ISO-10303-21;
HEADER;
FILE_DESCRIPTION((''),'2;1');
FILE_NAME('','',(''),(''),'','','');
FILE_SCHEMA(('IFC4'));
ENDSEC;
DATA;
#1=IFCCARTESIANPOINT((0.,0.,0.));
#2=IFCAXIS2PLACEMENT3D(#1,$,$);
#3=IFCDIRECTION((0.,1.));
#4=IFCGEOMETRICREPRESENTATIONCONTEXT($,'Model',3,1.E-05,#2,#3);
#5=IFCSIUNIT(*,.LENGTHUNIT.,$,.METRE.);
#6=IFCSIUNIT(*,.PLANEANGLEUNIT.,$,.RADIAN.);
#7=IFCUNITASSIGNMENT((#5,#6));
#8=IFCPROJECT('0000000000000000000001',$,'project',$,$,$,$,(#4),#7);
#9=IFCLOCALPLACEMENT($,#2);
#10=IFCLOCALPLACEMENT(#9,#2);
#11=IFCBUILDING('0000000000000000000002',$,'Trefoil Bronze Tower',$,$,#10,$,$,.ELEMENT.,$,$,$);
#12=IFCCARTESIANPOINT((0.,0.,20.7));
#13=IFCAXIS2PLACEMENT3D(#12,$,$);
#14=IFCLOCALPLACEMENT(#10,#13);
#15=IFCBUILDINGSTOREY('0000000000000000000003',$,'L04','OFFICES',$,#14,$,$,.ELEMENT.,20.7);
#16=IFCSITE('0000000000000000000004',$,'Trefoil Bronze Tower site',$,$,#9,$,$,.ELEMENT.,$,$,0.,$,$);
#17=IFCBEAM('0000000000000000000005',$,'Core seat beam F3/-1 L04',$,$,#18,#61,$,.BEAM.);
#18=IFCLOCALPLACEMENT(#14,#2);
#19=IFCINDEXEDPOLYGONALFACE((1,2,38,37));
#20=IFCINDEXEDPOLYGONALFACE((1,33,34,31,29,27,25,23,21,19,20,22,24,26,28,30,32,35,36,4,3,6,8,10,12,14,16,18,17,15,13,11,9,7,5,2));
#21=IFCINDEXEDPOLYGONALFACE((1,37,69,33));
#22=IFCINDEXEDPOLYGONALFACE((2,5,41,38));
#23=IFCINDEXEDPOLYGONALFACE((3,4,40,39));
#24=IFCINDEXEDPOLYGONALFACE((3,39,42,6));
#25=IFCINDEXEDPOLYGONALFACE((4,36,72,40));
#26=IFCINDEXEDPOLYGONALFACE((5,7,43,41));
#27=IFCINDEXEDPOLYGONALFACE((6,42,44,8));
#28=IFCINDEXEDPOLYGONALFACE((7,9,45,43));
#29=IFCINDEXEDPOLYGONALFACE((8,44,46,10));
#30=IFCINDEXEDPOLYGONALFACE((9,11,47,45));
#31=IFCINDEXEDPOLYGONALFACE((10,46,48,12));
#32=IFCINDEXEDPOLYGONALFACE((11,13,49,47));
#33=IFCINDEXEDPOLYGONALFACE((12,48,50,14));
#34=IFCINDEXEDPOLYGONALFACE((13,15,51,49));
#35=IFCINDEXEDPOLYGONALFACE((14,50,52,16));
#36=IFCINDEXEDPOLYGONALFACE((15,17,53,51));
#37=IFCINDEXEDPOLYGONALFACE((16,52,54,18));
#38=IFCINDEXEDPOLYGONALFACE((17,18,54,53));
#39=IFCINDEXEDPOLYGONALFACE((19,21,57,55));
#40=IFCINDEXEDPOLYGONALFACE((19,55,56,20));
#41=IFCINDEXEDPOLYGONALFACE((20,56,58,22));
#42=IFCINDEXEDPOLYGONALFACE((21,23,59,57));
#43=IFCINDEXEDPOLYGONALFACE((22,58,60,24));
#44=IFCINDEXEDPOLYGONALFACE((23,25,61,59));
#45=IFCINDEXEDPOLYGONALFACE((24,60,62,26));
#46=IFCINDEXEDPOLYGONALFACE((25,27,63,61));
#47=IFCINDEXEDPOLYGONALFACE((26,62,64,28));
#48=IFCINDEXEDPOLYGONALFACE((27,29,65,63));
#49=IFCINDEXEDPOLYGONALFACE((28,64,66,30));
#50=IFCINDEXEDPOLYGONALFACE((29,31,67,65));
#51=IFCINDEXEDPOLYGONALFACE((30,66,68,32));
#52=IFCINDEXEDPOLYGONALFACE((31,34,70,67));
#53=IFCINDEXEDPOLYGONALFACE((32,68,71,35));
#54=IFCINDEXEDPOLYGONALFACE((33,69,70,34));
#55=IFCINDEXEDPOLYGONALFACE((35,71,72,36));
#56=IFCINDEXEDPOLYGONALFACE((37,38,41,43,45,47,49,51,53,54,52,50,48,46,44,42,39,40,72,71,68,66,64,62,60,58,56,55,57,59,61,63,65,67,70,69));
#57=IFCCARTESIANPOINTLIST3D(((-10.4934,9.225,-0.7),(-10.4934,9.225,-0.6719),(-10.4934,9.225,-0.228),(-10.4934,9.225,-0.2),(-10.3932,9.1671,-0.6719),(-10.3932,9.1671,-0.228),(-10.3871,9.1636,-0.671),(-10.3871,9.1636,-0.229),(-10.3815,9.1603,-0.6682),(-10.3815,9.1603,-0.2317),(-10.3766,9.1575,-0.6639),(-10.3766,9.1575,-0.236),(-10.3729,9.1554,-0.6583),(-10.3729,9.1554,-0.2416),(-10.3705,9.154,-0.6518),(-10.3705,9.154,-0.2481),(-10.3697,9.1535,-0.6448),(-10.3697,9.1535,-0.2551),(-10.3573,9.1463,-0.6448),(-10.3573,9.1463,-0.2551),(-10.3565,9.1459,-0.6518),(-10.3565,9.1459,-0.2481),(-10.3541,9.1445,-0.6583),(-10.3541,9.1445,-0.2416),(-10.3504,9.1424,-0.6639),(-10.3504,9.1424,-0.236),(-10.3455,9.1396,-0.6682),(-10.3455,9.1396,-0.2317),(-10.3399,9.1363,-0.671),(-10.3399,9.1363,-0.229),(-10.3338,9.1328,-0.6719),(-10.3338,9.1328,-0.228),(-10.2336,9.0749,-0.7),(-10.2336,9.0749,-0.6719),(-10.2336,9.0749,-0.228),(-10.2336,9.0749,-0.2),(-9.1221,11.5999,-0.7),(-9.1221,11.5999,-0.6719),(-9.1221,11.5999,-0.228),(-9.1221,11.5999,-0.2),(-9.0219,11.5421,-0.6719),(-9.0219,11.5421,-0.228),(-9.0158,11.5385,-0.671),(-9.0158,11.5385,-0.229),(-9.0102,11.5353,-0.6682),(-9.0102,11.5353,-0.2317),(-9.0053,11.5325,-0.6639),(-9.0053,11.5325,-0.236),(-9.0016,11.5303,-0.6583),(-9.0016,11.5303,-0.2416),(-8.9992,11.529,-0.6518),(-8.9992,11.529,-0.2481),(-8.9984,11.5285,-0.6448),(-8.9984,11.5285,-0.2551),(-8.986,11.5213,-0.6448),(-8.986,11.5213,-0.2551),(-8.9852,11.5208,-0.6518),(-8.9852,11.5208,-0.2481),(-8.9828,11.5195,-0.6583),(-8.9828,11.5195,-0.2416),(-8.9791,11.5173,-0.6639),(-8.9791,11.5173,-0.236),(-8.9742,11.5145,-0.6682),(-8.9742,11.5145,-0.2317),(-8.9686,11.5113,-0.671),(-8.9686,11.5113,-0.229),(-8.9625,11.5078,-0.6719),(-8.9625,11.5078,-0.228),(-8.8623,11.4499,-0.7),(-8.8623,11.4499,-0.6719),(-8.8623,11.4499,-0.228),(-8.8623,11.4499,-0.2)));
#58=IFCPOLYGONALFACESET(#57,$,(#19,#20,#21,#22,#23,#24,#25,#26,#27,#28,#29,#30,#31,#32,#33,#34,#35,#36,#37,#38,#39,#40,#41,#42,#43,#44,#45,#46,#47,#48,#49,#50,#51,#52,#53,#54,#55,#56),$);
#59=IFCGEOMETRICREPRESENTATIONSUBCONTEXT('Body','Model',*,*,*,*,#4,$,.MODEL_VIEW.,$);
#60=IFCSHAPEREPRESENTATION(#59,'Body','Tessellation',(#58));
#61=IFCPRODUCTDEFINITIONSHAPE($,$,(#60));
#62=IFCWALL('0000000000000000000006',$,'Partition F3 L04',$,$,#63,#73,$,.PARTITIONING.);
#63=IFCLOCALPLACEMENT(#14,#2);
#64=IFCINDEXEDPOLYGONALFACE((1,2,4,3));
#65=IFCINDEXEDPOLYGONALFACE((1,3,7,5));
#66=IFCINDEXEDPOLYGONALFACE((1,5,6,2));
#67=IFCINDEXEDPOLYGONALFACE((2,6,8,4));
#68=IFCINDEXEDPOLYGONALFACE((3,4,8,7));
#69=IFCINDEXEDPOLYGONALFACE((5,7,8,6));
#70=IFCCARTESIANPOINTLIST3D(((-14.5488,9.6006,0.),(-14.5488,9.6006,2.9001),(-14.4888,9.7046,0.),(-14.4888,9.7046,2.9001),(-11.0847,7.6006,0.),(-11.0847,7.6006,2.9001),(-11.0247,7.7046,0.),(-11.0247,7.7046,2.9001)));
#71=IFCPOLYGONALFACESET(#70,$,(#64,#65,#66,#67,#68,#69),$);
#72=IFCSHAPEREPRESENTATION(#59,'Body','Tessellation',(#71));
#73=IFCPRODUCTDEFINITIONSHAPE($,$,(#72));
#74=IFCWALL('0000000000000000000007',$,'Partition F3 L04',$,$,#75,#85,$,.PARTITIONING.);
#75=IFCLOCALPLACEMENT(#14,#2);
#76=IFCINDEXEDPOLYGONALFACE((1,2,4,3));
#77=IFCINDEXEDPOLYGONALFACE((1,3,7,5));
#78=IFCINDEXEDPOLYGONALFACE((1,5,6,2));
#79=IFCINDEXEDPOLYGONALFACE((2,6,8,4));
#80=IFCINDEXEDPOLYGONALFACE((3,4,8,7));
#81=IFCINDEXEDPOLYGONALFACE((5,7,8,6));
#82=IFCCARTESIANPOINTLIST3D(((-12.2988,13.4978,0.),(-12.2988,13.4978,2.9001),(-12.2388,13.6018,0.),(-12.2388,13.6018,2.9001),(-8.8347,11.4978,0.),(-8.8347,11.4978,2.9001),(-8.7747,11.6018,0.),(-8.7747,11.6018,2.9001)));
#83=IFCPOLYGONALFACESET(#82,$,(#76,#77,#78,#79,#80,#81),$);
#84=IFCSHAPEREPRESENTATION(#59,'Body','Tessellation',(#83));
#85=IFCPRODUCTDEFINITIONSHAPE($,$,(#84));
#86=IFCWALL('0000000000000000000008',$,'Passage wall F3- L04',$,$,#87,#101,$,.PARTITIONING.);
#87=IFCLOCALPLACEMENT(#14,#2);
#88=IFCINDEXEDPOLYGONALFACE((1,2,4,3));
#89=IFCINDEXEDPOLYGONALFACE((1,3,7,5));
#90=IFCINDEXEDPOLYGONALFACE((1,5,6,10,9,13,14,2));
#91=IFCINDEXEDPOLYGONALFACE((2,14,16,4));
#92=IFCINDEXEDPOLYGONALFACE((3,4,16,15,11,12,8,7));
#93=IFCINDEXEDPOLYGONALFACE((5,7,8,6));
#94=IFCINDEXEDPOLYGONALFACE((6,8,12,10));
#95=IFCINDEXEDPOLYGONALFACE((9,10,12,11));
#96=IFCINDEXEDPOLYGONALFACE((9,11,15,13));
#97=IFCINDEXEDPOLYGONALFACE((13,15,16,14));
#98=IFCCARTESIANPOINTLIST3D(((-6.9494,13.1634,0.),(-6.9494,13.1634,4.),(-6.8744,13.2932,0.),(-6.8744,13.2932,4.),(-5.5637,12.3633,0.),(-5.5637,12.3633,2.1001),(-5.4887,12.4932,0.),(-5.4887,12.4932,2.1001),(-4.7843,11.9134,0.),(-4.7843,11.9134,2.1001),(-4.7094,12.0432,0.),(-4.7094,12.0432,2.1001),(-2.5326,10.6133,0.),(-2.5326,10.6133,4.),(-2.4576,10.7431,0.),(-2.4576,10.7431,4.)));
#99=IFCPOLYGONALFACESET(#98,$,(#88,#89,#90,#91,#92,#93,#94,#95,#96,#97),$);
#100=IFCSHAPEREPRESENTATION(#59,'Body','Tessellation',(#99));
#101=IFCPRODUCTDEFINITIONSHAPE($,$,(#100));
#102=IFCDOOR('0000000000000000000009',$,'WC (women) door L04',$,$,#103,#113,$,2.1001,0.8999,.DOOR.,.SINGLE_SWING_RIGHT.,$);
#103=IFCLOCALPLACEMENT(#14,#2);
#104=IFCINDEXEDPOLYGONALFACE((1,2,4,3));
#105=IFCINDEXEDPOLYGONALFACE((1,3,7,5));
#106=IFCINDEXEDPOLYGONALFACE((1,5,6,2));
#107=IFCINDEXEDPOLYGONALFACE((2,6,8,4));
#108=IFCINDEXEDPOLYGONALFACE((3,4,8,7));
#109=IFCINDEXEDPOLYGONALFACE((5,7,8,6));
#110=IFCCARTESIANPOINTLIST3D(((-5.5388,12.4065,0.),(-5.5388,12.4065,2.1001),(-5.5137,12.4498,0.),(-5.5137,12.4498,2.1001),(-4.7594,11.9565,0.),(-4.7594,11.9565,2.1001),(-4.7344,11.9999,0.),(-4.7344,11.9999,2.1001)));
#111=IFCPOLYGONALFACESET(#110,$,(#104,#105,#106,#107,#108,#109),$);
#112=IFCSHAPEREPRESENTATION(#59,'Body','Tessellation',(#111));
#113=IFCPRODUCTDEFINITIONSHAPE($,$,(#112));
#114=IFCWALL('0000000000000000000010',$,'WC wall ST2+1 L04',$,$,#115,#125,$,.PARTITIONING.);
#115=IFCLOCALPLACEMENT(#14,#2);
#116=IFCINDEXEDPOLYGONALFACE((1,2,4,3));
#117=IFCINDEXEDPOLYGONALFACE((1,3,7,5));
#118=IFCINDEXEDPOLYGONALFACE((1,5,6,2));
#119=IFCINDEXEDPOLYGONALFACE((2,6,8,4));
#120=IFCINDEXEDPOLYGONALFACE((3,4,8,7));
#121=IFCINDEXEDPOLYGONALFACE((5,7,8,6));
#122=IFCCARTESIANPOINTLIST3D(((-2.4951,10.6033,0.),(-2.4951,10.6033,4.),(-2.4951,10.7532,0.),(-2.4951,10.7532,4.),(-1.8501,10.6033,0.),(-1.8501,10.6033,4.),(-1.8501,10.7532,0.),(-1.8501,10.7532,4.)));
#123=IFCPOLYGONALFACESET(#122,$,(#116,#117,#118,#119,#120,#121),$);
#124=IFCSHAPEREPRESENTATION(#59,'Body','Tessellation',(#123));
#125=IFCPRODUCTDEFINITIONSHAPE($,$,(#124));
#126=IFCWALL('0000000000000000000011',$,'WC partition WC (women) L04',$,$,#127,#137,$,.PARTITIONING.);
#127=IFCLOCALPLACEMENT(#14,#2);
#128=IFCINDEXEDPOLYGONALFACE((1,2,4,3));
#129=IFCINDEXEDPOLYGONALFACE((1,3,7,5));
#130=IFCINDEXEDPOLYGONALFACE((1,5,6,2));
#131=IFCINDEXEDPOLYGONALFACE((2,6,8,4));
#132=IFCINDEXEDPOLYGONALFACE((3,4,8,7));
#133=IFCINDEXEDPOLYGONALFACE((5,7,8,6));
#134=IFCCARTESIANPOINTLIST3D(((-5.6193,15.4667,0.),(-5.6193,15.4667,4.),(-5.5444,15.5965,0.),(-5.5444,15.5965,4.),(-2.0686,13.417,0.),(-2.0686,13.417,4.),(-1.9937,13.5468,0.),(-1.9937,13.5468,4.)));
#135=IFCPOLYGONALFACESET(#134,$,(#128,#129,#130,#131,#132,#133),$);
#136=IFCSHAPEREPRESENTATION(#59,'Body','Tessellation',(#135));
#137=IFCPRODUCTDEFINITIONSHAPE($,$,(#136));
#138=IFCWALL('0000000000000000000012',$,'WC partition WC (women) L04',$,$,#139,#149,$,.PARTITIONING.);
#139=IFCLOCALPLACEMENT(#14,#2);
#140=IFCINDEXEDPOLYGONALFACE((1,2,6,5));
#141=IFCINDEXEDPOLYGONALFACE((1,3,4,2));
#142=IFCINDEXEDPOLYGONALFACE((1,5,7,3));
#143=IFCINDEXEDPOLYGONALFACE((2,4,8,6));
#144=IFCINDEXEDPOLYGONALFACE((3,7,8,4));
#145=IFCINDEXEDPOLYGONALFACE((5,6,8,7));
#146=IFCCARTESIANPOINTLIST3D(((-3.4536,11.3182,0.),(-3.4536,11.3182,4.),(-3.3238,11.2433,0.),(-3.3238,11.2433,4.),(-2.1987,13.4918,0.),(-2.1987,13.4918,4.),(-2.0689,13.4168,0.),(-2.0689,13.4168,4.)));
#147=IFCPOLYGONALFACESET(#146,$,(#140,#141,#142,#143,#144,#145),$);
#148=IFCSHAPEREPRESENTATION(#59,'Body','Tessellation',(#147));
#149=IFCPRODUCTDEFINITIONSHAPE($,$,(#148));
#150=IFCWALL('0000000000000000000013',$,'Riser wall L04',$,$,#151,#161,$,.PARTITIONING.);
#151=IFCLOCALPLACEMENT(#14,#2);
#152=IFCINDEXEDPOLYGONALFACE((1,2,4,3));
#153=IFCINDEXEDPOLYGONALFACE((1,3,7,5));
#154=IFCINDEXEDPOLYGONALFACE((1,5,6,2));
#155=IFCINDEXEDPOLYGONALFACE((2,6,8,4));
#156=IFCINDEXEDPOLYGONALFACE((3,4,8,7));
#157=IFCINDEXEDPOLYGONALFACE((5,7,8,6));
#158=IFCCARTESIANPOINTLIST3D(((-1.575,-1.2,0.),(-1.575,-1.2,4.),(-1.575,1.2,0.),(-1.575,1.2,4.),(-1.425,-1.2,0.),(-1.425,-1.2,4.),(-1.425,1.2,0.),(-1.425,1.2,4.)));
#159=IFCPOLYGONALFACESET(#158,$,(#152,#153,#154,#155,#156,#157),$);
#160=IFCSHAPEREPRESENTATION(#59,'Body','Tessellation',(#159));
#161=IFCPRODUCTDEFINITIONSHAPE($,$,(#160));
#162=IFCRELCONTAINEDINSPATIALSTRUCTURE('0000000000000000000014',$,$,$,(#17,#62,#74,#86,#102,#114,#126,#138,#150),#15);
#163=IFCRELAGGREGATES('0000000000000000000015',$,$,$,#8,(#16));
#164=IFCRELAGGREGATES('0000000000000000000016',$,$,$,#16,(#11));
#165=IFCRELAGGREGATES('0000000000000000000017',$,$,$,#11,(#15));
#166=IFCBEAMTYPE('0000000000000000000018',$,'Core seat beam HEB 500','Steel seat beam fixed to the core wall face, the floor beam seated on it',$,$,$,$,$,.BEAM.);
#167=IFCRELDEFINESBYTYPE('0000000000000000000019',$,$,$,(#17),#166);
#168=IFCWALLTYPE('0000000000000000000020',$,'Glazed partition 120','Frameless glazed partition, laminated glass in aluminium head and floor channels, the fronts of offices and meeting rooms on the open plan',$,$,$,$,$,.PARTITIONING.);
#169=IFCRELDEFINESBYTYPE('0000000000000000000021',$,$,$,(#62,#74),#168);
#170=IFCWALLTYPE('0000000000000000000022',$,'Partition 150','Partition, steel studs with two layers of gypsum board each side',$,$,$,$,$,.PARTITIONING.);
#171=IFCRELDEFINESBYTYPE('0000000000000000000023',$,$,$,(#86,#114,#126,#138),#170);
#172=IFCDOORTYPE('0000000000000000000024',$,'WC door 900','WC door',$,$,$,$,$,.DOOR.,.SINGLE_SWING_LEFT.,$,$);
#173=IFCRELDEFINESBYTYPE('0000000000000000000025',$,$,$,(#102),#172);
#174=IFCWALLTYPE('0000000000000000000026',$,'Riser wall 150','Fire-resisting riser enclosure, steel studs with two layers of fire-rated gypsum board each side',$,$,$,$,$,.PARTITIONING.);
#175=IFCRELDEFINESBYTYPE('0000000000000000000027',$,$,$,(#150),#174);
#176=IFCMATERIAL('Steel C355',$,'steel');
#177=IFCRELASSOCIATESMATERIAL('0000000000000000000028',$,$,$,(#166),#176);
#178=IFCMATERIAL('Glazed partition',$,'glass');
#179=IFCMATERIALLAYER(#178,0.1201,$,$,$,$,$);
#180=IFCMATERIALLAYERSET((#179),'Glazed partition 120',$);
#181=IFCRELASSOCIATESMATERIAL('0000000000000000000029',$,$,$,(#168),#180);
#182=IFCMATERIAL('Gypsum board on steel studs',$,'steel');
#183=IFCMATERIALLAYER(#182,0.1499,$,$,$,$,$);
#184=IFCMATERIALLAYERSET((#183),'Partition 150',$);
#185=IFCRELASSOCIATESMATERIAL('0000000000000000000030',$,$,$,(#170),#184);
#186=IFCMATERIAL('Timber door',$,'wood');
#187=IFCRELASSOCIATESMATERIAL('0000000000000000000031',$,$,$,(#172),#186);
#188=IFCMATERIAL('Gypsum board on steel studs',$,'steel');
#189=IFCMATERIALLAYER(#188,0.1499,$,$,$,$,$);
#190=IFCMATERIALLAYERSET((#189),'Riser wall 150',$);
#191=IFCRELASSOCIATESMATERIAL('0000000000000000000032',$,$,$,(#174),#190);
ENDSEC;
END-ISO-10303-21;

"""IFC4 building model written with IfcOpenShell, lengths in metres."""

from ifc_helpers import new_model, si_unit, direction, frame, frame_2d, origin, origin_2d, place, context, subcontext, project, spatial, rectangle, i_section, extrude, material, layer, layer_set, material_profile, profile_set, type_object, element, fill, save


model = new_model("IFC4")

# Units and contexts
model_context = context("Model", 3, precision=1e-05, world=origin(), true_north=direction((0.0, 1.0)))
body_context = subcontext(model_context, "Body", "Model", "MODEL_VIEW")
ifc_project = project(units=[si_unit("LENGTHUNIT", "METRE"), si_unit("PLANEANGLEUNIT", "RADIAN")], contexts=[model_context])

# Site, building, storey
site_placement = place(None, origin())
site = spatial("IfcSite", under=ifc_project, at=site_placement, Name="Trefoil Bronze Tower site", CompositionType="ELEMENT", RefElevation=0.0)
building_placement = place(site_placement, origin())
building = spatial("IfcBuilding", under=site, at=building_placement, Name="Trefoil Bronze Tower", CompositionType="ELEMENT")
storey_placement = place(building_placement, frame((0.0, 0.0, 20.7)))
storey = spatial("IfcBuildingStorey", under=building, at=storey_placement, Name="L04", Description="OFFICES", CompositionType="ELEMENT", Elevation=20.7)

# Beam
ifc_material_1 = material(Name="Steel C355", Category="steel")
ifc_material_profile = material_profile(ifc_material_1, i_section(OverallWidth=0.3, OverallDepth=0.5, WebThickness=0.0144, FlangeThickness=0.0281, FilletRadius=0.0271, at=origin_2d()), Name="HEB 500")
ifc_profile_set = profile_set([ifc_material_profile], Name="Steel C355")
beam_type = type_object("IfcBeamType", Name="Core seat beam HEB 500", Description="Steel seat beam fixed to the core wall face, the floor beam seated on it", PredefinedType="BEAM", material=ifc_profile_set)
beam_placement = place(storey_placement, frame((-8.9922, 11.5249, -0.45), z_axis=(-0.500036, -0.866005, 0.0), x_axis=(0.866005, -0.500036, 0.0)))
element("IfcBeam", 1, at=beam_placement, inside=storey, type_object=beam_type, Name="Core seat beam F3/-1 L04", PredefinedType="BEAM", context=body_context, shape_type="SweptSolid", body=[
    extrude(i_section(OverallWidth=0.3, OverallDepth=0.5, WebThickness=0.0144, FlangeThickness=0.0281, FilletRadius=0.0271, at=origin_2d()), origin(), (0.0, 0.0, 1.0), 2.7424),
])

# Walls
ifc_material_2 = material(Name="Glazed partition", Category="glass")
ifc_layer_1 = layer(ifc_material_2, 0.1201)
ifc_layer_set_1 = layer_set([ifc_layer_1], Name="Glazed partition 120")
wall_type_1 = type_object("IfcWallType", Name="Glazed partition 120", Description="Frameless glazed partition, laminated glass in aluminium head and floor channels, the fronts of offices and meeting rooms on the open plan", PredefinedType="PARTITIONING", material=ifc_layer_set_1)
for number, where, z_axis, x_axis, name in (
    (2, (-11.0547, 7.6526, 0.0), (0.0, 0.0, 1.0), (-0.866026, 0.499999, 0.0), "Partition F3 L04"),
    (3, (-8.8047, 11.5498, 0.0), (0.0, 0.0, 1.0), (-0.866026, 0.499999, 0.0), "Partition F3 L04"),
):
    element("IfcWall", number, at=place(storey_placement, frame(where, z_axis=z_axis, x_axis=x_axis)), inside=storey, type_object=wall_type_1, Name=name, PredefinedType="PARTITIONING", context=body_context, shape_type="SweptSolid", body=[
        extrude(rectangle(XDim=4.0, YDim=0.1201, at=frame_2d((2.0, 0.0))), origin(), (0.0, 0.0, 1.0), 2.9001),
    ])

# Wall, opening, door
ifc_material_3 = material(Name="Gypsum board on steel studs", Category="steel")
ifc_layer_2 = layer(ifc_material_3, 0.1499)
ifc_layer_set_2 = layer_set([ifc_layer_2], Name="Partition 150")
wall_type_2 = type_object("IfcWallType", Name="Partition 150", Description="Partition, steel studs with two layers of gypsum board each side", PredefinedType="PARTITIONING", material=ifc_layer_set_2)
wall_1_placement = place(storey_placement, frame((-2.4951, 10.6782, 0.0), z_axis=(0.0, 0.0, 1.0), x_axis=(-0.866022, 0.500006, 0.0)))
wall_1 = element("IfcWall", 4, at=wall_1_placement, inside=storey, type_object=wall_type_2, Name="Passage wall F3- L04", PredefinedType="PARTITIONING", context=body_context, shape_type="SweptSolid", body=[
    extrude(rectangle(XDim=5.1001, YDim=0.1499, at=frame_2d((2.55, 0.0))), origin(), (0.0, 0.0, 1.0), 4.0),
])
opening_1_placement = place(wall_1_placement, frame((2.6001, 0.0, 0.0)))
opening_1 = element("IfcOpeningElement", 5, at=opening_1_placement, cuts=wall_1, PredefinedType="OPENING", context=body_context, shape_type="SweptSolid", body=[
    extrude(rectangle(XDim=0.8999, YDim=2.1001, at=frame_2d((0.45, 1.05))), frame((0.0, 0.085, 0.0), z_axis=(0.0, -1.0, 0.0), x_axis=(1.0, 0.0, 0.0)), (0.0, 0.0, 1.0), 0.1699),
])
ifc_material_4 = material(Name="Timber door", Category="wood")
door_type_1 = type_object("IfcDoorType", Name="WC door 900", Description="WC door", OperationType="SINGLE_SWING_LEFT", PredefinedType="DOOR", material=ifc_material_4)
door_1_placement = place(opening_1_placement, frame((0.8999, 0.0, 0.0), z_axis=(0.0, 0.0, 1.0), x_axis=(-1.0, 0.0, 0.0)))
door_1 = element("IfcDoor", 6, at=door_1_placement, inside=storey, type_object=door_type_1, Name="WC (women) door L04", OperationType="SINGLE_SWING_RIGHT", OverallHeight=2.1001, OverallWidth=0.8999, PredefinedType="DOOR", context=body_context, shape_type="SweptSolid", body=[
    extrude(rectangle(XDim=0.8999, YDim=2.1001, at=frame_2d((0.45, 1.05))), frame((0.0, 0.0249, 0.0), z_axis=(0.0, -1.0, 0.0), x_axis=(1.0, 0.0, 0.0)), (0.0, 0.0, 1.0), 0.05),
])
fill(opening_1, door_1)

# Walls
wall_2_placement = place(storey_placement, frame((-2.4951, 10.6782, 0.0), z_axis=(0.0, 0.0, 1.0), x_axis=(1.0, 0.0, 0.0)))
element("IfcWall", 7, at=wall_2_placement, inside=storey, type_object=wall_type_2, Name="WC wall ST2+1 L04", PredefinedType="PARTITIONING", context=body_context, shape_type="SweptSolid", body=[
    extrude(rectangle(XDim=0.645, YDim=0.1499, at=frame_2d((0.3225, 0.0))), origin(), (0.0, 0.0, 1.0), 4.0),
])
wall_3_placement = place(storey_placement, frame((-2.0312, 13.4819, 0.0), z_axis=(0.0, 0.0, 1.0), x_axis=(-0.866051, 0.499956, 0.0)))
element("IfcWall", 8, at=wall_3_placement, inside=storey, type_object=wall_type_2, Name="WC partition WC (women) L04", PredefinedType="PARTITIONING", context=body_context, shape_type="SweptSolid", body=[
    extrude(rectangle(XDim=4.0999, YDim=0.1499, at=frame_2d((2.0498, 0.0))), origin(), (0.0, 0.0, 1.0), 4.0),
])
wall_4_placement = place(storey_placement, frame((-3.3887, 11.2808, 0.0), z_axis=(0.0, 0.0, 1.0), x_axis=(0.499989, 0.866032, 0.0)))
element("IfcWall", 9, at=wall_4_placement, inside=storey, type_object=wall_type_2, Name="WC partition WC (women) L04", PredefinedType="PARTITIONING", context=body_context, shape_type="SweptSolid", body=[
    extrude(rectangle(XDim=2.5098, YDim=0.1499, at=frame_2d((1.2549, 0.0))), origin(), (0.0, 0.0, 1.0), 4.0),
])
ifc_material_5 = material(Name="Gypsum board on steel studs", Category="steel")
ifc_layer_3 = layer(ifc_material_5, 0.1499)
ifc_layer_set_3 = layer_set([ifc_layer_3], Name="Riser wall 150")
wall_type_3 = type_object("IfcWallType", Name="Riser wall 150", Description="Fire-resisting riser enclosure, steel studs with two layers of fire-rated gypsum board each side", PredefinedType="PARTITIONING", material=ifc_layer_set_3)
wall_5_placement = place(storey_placement, frame((-1.5, 1.2, 0.0), z_axis=(0.0, 0.0, 1.0), x_axis=(0.0, -1.0, 0.0)))
element("IfcWall", 10, at=wall_5_placement, inside=storey, type_object=wall_type_3, Name="Riser wall L04", PredefinedType="PARTITIONING", context=body_context, shape_type="SweptSolid", body=[
    extrude(rectangle(XDim=2.3999, YDim=0.1499, at=frame_2d((1.2, 0.0))), origin(), (0.0, 0.0, 1.0), 4.0),
])

save(model, "model.ifc")
